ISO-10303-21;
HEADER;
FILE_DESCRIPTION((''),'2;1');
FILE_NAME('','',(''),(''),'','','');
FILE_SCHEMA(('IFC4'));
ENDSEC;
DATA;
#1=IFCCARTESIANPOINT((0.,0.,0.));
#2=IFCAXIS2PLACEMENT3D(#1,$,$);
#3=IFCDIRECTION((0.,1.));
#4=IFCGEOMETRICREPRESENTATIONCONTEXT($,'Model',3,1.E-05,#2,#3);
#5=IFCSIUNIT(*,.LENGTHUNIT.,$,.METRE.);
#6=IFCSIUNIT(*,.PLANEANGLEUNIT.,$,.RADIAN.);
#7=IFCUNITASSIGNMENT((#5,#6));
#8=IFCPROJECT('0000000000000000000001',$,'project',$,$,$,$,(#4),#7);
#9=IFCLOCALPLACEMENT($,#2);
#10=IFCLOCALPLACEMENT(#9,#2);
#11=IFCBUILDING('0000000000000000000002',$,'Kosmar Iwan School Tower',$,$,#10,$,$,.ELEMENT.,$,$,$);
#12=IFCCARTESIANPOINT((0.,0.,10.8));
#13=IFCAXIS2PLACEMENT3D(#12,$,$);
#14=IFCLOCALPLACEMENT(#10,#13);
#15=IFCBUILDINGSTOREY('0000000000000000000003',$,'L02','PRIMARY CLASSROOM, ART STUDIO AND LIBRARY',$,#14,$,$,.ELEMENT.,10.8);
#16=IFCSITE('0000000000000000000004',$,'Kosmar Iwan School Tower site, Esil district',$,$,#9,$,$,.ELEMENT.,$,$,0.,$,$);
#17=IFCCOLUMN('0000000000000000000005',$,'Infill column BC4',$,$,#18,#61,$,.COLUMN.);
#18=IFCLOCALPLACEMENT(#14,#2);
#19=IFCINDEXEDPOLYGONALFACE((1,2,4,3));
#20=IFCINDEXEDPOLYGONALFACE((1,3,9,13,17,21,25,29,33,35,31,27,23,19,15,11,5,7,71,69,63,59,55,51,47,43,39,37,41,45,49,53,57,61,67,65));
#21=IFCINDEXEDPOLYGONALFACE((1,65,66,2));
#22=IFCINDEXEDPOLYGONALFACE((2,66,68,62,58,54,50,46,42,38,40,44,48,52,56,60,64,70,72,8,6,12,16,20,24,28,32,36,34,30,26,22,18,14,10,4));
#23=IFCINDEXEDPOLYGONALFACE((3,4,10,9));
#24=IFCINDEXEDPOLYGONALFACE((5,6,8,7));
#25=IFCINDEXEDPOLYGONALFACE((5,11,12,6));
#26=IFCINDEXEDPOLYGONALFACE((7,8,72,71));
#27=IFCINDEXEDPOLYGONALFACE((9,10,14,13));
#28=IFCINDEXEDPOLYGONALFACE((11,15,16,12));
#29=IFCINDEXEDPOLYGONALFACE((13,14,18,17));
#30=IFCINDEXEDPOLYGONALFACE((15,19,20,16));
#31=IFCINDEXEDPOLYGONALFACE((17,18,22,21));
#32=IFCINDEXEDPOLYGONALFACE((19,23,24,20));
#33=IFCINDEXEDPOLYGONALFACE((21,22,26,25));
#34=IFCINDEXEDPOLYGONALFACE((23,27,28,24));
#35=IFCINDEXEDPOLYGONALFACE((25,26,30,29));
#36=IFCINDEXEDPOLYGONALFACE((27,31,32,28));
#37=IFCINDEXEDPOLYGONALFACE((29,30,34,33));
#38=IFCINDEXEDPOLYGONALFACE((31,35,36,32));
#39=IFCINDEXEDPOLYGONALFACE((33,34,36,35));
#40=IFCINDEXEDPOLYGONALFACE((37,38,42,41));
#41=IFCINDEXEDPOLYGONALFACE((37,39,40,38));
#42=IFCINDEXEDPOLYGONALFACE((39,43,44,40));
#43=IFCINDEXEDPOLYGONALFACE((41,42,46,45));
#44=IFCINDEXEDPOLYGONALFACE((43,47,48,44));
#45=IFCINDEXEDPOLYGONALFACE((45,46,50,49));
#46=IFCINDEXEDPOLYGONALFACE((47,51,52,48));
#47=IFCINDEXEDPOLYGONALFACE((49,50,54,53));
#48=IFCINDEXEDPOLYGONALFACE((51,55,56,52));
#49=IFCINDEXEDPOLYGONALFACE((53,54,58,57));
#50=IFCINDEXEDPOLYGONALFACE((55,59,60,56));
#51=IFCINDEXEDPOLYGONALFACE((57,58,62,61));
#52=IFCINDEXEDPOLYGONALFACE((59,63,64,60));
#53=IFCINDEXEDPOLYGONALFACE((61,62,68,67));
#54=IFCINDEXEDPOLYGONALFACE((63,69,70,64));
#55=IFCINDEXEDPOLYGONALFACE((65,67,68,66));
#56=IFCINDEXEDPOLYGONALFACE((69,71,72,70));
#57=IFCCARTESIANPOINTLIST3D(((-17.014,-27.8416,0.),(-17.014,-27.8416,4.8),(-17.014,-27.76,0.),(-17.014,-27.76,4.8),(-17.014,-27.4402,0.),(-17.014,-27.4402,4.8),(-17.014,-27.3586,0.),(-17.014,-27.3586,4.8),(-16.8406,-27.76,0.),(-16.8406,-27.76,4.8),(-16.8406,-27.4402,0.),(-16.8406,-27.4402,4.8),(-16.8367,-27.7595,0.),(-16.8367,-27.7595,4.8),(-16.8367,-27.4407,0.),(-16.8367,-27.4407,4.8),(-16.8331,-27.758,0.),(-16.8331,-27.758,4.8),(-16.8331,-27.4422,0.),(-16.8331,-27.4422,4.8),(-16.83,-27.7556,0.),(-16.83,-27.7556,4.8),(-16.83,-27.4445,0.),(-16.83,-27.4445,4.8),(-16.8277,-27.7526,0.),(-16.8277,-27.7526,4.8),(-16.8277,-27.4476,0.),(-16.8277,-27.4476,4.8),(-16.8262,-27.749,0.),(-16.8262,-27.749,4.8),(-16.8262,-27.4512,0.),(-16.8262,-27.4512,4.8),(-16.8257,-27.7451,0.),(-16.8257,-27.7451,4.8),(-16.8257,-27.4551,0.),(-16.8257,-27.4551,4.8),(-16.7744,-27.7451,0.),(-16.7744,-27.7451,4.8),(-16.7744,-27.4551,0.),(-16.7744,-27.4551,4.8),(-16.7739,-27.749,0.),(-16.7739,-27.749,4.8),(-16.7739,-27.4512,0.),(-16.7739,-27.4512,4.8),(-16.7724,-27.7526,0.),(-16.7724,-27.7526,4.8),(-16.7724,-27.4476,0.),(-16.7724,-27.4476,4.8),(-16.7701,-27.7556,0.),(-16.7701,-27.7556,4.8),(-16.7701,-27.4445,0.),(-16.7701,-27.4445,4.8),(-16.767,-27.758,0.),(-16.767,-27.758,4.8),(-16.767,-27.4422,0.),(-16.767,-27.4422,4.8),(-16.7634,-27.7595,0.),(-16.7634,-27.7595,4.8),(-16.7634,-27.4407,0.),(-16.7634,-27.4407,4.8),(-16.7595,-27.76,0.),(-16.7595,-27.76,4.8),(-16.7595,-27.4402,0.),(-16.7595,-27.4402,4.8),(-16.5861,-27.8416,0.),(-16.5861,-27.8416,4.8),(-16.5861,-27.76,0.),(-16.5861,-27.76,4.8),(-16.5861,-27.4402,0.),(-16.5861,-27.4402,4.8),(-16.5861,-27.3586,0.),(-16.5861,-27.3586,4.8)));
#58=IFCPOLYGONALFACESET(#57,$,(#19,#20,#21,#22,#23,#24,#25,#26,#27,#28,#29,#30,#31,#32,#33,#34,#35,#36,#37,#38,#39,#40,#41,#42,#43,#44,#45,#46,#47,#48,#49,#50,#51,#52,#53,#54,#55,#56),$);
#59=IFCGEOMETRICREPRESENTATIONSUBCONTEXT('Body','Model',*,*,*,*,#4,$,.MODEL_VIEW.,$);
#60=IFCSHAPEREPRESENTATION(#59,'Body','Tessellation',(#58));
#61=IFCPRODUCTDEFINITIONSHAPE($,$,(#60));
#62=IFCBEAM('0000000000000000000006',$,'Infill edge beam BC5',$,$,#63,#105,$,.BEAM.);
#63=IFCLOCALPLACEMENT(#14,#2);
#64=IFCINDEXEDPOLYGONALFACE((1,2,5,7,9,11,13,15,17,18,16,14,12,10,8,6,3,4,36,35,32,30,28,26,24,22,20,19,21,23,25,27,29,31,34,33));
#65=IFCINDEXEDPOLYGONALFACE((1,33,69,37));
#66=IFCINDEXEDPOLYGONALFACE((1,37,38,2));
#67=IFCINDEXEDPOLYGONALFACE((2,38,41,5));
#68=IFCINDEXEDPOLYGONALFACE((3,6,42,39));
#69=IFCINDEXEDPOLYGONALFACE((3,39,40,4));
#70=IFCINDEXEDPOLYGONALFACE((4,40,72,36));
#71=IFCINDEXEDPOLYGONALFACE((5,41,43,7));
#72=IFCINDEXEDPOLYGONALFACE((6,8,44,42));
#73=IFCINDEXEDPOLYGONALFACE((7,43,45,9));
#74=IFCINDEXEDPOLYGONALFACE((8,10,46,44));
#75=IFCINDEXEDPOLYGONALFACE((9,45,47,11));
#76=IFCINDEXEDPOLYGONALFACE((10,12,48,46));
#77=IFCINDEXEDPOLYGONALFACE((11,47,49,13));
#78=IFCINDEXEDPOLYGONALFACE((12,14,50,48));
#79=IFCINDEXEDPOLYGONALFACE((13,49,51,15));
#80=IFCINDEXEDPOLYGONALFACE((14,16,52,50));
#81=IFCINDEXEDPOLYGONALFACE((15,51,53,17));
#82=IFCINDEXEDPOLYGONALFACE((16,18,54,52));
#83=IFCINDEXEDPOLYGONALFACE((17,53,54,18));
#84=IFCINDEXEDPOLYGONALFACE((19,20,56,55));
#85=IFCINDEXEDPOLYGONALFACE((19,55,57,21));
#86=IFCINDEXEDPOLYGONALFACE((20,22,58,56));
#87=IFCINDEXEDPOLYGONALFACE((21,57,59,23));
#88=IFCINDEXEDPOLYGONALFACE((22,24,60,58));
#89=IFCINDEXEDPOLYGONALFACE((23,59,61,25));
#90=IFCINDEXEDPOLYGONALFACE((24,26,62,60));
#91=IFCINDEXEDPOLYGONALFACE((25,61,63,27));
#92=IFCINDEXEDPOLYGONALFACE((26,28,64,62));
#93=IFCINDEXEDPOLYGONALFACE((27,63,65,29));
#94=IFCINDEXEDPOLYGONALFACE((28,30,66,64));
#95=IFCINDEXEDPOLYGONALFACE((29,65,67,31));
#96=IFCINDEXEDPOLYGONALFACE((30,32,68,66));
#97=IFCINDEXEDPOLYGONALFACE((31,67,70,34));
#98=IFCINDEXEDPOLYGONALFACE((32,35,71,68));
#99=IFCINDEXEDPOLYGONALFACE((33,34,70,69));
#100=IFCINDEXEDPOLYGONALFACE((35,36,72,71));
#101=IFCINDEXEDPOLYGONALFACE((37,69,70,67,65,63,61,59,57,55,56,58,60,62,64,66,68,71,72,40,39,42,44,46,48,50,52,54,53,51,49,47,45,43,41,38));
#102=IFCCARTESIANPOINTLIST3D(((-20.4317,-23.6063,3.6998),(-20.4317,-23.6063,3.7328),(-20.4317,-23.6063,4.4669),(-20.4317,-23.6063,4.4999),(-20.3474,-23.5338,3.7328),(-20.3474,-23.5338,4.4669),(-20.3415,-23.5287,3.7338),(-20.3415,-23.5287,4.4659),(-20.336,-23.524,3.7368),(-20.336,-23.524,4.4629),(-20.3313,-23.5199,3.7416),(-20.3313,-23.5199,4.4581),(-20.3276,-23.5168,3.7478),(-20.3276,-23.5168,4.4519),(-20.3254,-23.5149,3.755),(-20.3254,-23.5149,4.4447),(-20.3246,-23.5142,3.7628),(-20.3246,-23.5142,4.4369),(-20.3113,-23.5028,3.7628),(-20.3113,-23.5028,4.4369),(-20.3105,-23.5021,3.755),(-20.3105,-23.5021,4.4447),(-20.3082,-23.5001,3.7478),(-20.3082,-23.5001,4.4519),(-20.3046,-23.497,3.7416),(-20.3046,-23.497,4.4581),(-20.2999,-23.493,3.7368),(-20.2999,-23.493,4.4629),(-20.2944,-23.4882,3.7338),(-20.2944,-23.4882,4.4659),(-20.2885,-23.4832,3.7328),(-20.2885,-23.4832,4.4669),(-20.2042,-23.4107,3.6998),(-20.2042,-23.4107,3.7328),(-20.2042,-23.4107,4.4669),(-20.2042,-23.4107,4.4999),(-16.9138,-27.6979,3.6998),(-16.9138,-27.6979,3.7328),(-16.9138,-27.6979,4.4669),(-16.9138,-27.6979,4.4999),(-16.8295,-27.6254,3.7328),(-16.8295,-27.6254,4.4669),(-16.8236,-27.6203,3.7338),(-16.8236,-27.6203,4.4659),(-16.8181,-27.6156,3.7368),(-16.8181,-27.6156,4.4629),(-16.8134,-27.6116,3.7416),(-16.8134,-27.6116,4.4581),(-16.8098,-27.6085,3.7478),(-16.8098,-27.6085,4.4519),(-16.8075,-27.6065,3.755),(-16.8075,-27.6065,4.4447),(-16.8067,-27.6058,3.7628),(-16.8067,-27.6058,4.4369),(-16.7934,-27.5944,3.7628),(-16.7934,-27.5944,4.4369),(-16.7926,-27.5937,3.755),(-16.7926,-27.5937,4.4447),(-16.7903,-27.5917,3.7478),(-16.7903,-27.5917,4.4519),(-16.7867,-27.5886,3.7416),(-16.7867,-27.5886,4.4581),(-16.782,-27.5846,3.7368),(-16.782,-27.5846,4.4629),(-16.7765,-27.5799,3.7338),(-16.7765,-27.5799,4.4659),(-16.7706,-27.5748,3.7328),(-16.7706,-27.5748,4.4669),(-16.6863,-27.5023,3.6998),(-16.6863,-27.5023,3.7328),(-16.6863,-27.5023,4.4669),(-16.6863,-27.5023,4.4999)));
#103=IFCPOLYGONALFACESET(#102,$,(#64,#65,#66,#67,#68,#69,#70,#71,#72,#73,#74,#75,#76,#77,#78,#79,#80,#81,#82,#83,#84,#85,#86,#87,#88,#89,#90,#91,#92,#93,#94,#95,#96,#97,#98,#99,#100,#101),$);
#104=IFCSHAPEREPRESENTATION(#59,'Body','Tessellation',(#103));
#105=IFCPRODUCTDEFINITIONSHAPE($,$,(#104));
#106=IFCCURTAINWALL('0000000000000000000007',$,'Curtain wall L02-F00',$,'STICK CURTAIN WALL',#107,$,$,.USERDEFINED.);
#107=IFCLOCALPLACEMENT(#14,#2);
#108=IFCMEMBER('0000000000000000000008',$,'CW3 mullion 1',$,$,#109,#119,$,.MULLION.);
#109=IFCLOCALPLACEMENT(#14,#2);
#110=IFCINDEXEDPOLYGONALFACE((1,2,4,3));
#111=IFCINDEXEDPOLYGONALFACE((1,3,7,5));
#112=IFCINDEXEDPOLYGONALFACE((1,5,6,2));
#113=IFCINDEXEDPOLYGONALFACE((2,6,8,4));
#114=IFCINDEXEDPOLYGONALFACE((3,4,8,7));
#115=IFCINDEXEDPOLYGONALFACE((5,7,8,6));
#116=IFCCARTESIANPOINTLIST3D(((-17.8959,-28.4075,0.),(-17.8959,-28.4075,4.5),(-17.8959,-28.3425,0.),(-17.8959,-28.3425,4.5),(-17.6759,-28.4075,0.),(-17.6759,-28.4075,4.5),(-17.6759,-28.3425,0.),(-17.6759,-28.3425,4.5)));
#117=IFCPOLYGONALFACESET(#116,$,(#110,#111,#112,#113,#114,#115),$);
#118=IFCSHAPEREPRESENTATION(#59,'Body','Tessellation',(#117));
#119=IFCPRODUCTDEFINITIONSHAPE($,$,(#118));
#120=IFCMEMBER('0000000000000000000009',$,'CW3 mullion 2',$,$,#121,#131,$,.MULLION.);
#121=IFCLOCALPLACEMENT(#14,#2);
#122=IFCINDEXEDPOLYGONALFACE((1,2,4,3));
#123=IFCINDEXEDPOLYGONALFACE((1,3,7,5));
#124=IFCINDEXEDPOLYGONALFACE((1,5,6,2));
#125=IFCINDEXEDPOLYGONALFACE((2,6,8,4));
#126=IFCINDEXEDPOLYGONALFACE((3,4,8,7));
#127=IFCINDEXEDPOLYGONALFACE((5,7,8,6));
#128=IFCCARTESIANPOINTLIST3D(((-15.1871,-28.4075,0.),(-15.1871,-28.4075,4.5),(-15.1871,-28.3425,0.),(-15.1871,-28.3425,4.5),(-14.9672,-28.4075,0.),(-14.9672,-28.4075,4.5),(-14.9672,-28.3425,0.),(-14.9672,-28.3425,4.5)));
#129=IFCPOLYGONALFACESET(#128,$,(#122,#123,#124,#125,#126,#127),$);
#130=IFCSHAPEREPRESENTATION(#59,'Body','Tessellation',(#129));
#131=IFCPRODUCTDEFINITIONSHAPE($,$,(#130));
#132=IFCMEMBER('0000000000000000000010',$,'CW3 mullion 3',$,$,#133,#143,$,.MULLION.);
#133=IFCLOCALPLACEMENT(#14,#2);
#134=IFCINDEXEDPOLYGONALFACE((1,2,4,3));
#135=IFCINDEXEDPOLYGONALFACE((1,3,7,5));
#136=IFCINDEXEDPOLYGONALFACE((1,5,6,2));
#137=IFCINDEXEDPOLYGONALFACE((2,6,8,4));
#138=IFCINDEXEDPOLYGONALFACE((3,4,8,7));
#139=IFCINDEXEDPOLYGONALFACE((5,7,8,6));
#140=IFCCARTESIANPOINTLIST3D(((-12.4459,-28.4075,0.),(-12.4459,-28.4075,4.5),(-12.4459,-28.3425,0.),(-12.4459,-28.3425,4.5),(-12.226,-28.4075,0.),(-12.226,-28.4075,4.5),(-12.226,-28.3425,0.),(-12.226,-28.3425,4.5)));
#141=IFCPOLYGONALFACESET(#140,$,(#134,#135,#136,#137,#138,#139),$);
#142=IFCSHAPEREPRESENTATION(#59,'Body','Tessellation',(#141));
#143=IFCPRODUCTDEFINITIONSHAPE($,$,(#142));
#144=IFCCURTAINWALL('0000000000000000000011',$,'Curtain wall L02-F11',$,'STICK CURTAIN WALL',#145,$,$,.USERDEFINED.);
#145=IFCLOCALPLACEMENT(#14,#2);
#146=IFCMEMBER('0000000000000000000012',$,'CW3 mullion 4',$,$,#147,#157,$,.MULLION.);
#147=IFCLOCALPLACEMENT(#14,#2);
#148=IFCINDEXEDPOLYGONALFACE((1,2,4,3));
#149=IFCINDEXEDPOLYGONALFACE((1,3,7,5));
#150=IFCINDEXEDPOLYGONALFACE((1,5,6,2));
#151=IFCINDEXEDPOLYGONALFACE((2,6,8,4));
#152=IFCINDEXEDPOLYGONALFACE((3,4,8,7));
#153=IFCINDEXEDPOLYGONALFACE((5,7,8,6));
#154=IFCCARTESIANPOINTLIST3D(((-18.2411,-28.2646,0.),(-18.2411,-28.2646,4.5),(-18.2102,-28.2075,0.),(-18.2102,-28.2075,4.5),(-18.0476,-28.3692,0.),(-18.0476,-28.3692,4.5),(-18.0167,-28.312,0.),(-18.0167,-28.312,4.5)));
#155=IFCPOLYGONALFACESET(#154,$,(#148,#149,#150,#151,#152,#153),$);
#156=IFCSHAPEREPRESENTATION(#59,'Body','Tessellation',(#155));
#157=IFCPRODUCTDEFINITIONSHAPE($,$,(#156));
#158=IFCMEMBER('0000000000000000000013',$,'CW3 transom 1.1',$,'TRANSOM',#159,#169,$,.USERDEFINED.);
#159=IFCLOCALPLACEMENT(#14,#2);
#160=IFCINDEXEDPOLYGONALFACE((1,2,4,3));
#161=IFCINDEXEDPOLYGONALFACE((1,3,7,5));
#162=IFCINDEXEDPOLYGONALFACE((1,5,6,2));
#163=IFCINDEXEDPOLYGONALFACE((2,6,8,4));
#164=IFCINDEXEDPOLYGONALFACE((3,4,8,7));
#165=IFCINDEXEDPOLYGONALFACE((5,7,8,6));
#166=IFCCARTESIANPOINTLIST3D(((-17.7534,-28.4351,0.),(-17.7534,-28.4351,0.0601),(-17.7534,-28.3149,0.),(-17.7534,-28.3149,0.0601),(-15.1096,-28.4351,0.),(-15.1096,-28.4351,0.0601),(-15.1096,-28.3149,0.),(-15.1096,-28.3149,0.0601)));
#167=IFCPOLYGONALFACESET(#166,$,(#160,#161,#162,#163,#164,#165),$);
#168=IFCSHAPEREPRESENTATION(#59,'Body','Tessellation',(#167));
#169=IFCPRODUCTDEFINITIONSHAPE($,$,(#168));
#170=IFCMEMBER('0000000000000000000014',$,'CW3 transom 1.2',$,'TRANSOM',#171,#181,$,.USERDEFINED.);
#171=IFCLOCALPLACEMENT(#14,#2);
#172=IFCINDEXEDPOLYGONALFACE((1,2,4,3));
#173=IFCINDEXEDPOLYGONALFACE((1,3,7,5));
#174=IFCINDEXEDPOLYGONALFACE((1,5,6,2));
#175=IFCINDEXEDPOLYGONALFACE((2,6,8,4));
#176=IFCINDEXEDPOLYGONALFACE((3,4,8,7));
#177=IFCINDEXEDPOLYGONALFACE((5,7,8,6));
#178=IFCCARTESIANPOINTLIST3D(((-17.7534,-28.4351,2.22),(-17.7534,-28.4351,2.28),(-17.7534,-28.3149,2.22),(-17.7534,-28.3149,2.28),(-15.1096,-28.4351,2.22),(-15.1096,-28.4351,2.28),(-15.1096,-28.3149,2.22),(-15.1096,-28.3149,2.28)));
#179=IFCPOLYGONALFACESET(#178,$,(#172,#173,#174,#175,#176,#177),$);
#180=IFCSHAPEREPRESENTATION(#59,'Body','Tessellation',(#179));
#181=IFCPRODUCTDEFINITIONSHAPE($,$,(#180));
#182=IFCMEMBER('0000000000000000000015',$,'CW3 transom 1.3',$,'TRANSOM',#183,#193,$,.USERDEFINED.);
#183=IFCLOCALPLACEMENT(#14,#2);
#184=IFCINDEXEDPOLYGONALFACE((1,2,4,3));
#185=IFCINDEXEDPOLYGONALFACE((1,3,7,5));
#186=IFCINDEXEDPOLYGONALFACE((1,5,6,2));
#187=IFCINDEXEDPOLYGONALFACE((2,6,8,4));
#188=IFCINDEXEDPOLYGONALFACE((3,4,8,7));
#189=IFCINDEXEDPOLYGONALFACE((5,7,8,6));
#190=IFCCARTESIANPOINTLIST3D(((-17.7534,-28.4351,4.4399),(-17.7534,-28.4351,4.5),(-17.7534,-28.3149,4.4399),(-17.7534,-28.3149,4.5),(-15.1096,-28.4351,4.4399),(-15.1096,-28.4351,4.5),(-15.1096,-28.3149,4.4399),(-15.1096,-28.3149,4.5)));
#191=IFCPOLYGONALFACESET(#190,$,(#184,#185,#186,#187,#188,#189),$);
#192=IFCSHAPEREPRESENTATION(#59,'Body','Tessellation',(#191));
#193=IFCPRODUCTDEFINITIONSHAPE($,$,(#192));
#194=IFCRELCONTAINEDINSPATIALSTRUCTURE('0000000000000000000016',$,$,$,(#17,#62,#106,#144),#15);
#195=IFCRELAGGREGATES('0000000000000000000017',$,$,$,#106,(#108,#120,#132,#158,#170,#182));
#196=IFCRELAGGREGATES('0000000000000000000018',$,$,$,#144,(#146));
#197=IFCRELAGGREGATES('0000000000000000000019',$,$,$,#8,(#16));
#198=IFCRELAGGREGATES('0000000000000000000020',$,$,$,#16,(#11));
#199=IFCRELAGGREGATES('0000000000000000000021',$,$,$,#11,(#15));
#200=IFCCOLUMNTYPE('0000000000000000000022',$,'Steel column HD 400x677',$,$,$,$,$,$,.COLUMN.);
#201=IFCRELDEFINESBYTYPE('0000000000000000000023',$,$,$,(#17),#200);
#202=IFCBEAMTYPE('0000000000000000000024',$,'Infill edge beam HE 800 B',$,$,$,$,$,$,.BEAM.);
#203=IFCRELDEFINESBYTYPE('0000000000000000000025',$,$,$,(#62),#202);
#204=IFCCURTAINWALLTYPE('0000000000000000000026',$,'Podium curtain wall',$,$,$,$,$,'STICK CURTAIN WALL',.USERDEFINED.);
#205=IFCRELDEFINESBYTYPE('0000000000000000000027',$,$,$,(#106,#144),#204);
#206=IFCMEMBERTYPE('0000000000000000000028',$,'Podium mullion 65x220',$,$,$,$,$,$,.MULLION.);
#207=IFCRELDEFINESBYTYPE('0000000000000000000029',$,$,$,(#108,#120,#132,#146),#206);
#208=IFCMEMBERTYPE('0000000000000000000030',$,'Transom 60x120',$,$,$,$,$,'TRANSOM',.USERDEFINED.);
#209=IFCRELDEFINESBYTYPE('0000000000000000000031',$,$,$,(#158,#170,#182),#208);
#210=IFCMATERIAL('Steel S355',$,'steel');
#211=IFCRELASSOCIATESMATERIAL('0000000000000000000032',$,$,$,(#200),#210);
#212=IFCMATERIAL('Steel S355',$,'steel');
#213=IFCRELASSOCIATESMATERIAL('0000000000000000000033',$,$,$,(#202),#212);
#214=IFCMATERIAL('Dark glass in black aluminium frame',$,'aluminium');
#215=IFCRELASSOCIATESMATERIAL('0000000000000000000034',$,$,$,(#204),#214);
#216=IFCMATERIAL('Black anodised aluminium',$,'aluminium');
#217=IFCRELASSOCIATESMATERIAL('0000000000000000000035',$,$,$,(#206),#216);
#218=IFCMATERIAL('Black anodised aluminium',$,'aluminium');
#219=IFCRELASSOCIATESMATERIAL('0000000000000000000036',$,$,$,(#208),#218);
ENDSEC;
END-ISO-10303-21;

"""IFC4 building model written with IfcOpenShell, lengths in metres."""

from ifc_helpers import new_model, si_unit, direction, frame, origin, origin_2d, place, context, subcontext, project, spatial, rectangle, i_section, extrude, material, material_profile, profile_set, type_object, element, aggregate, save


model = new_model("IFC4")

# Units and contexts
model_context = context("Model", 3, precision=1e-05, world=origin(), true_north=direction((0.0, 1.0)))
body_context = subcontext(model_context, "Body", "Model", "MODEL_VIEW")
ifc_project = project(units=[si_unit("LENGTHUNIT", "METRE"), si_unit("PLANEANGLEUNIT", "RADIAN")], contexts=[model_context])

# Site, building, storey
site_placement = place(None, origin())
site = spatial("IfcSite", under=ifc_project, at=site_placement, Name="Kosmar Iwan School Tower site, Esil district", CompositionType="ELEMENT", RefElevation=0.0)
building_placement = place(site_placement, origin())
building = spatial("IfcBuilding", under=site, at=building_placement, Name="Kosmar Iwan School Tower", CompositionType="ELEMENT")
storey_placement = place(building_placement, frame((0.0, 0.0, 10.8)))
storey = spatial("IfcBuildingStorey", under=building, at=storey_placement, Name="L02", Description="PRIMARY CLASSROOM, ART STUDIO AND LIBRARY", CompositionType="ELEMENT", Elevation=10.8)

# Column
ifc_material_1 = material(Name="Steel S355", Category="steel")
ifc_material_profile_1 = material_profile(ifc_material_1, i_section(OverallWidth=0.428, OverallDepth=0.4829, WebThickness=0.0513, FlangeThickness=0.0815, FilletRadius=0.0149, at=origin_2d()), Name="HD 400x677")
ifc_profile_set_1 = profile_set([ifc_material_profile_1], Name="Steel S355")
column_type = type_object("IfcColumnType", Name="Steel column HD 400x677", PredefinedType="COLUMN", material=ifc_profile_set_1)
column_placement = place(storey_placement, frame((-16.8, -27.6001, 0.0), z_axis=(0.0, 0.0, 1.0), x_axis=(1.0, 0.0, 0.0)))
element("IfcColumn", 1, at=column_placement, inside=storey, type_object=column_type, Name="Infill column BC4", PredefinedType="COLUMN", context=body_context, shape_type="SweptSolid", body=[
    extrude(i_section(OverallWidth=0.428, OverallDepth=0.4829, WebThickness=0.0513, FlangeThickness=0.0815, FilletRadius=0.0149, at=origin_2d()), origin(), (0.0, 0.0, 1.0), 4.8),
])

# Beam
ifc_material_2 = material(Name="Steel S355", Category="steel")
ifc_material_profile_2 = material_profile(ifc_material_2, i_section(OverallWidth=0.3, OverallDepth=0.8, WebThickness=0.0176, FlangeThickness=0.033, FilletRadius=0.03, at=origin_2d()), Name="HE 800 B")
ifc_profile_set_2 = profile_set([ifc_material_profile_2], Name="Steel S355")
beam_type = type_object("IfcBeamType", Name="Infill edge beam HE 800 B", PredefinedType="BEAM", material=ifc_profile_set_2)
beam_placement = place(storey_placement, frame((-16.8, -27.6001, 4.0999), z_axis=(-0.651942, 0.758269, 0.0), x_axis=(-0.758269, -0.651942, 0.0)))
element("IfcBeam", 2, at=beam_placement, inside=storey, type_object=beam_type, Name="Infill edge beam BC5", PredefinedType="BEAM", context=body_context, shape_type="SweptSolid", body=[
    extrude(i_section(OverallWidth=0.3, OverallDepth=0.8, WebThickness=0.0176, FlangeThickness=0.033, FilletRadius=0.03, at=origin_2d()), origin(), (0.0, 0.0, 1.0), 5.396),
])

# Curtain wall, members
ifc_material_3 = material(Name="Dark glass in black aluminium frame", Category="aluminium")
curtain_wall_type = type_object("IfcCurtainWallType", Name="Podium curtain wall", ElementType="STICK CURTAIN WALL", PredefinedType="USERDEFINED", material=ifc_material_3)
curtain_wall_1_placement = place(storey_placement, origin())
curtain_wall_1 = element("IfcCurtainWall", 3, at=curtain_wall_1_placement, inside=storey, type_object=curtain_wall_type, Name="Curtain wall L02-F00", ObjectType="STICK CURTAIN WALL", PredefinedType="USERDEFINED")
ifc_material_4 = material(Name="Black anodised aluminium", Category="aluminium")
ifc_material_profile_3 = material_profile(ifc_material_4, rectangle(XDim=0.0649, YDim=0.22, at=origin_2d()), Name="MULLION 65x220")
ifc_profile_set_3 = profile_set([ifc_material_profile_3], Name="Black anodised aluminium")
member_type_1 = type_object("IfcMemberType", Name="Podium mullion 65x220", PredefinedType="MULLION", material=ifc_profile_set_3)
member_1_placement = place(storey_placement, frame((-17.7859, -28.375, 0.0), z_axis=(0.0, 0.0, 1.0), x_axis=(0.0, 1.0, 0.0)))
member_1 = element("IfcMember", 4, at=member_1_placement, type_object=member_type_1, Name="CW3 mullion 1", PredefinedType="MULLION", context=body_context, shape_type="SweptSolid", body=[
    extrude(rectangle(XDim=0.0649, YDim=0.22, at=origin_2d()), origin(), (0.0, 0.0, 1.0), 4.5),
])
member_2_placement = place(storey_placement, frame((-15.0771, -28.375, 0.0), z_axis=(0.0, 0.0, 1.0), x_axis=(0.0, 1.0, 0.0)))
member_2 = element("IfcMember", 5, at=member_2_placement, type_object=member_type_1, Name="CW3 mullion 2", PredefinedType="MULLION", context=body_context, shape_type="SweptSolid", body=[
    extrude(rectangle(XDim=0.0649, YDim=0.22, at=origin_2d()), origin(), (0.0, 0.0, 1.0), 4.5),
])
member_3_placement = place(storey_placement, frame((-12.3359, -28.375, 0.0), z_axis=(0.0, 0.0, 1.0), x_axis=(0.0, 1.0, 0.0)))
member_3 = element("IfcMember", 6, at=member_3_placement, type_object=member_type_1, Name="CW3 mullion 3", PredefinedType="MULLION", context=body_context, shape_type="SweptSolid", body=[
    extrude(rectangle(XDim=0.0649, YDim=0.22, at=origin_2d()), origin(), (0.0, 0.0, 1.0), 4.5),
])

# Curtain wall, member
curtain_wall_2_placement = place(storey_placement, origin())
curtain_wall_2 = element("IfcCurtainWall", 7, at=curtain_wall_2_placement, inside=storey, type_object=curtain_wall_type, Name="Curtain wall L02-F11", ObjectType="STICK CURTAIN WALL", PredefinedType="USERDEFINED")
member_4_placement = place(storey_placement, frame((-18.1289, -28.2883, 0.0), z_axis=(0.0, 0.0, 1.0), x_axis=(0.475215, 0.879869, 0.0)))
member_4 = element("IfcMember", 8, at=member_4_placement, type_object=member_type_1, Name="CW3 mullion 4", PredefinedType="MULLION", context=body_context, shape_type="SweptSolid", body=[
    extrude(rectangle(XDim=0.0649, YDim=0.22, at=origin_2d()), origin(), (0.0, 0.0, 1.0), 4.5),
])

# Members
ifc_material_5 = material(Name="Black anodised aluminium", Category="aluminium")
ifc_material_profile_4 = material_profile(ifc_material_5, rectangle(XDim=0.1201, YDim=0.0601, at=origin_2d()), Name="TRANSOM 60x120")
ifc_profile_set_4 = profile_set([ifc_material_profile_4], Name="Black anodised aluminium")
member_type_2 = type_object("IfcMemberType", Name="Transom 60x120", ElementType="TRANSOM", PredefinedType="USERDEFINED", material=ifc_profile_set_4)
member_5_placement = place(storey_placement, frame((-17.7534, -28.375, 0.03), z_axis=(1.0, 0.0, 0.0), x_axis=(0.0, 1.0, 0.0)))
member_5 = element("IfcMember", 9, at=member_5_placement, type_object=member_type_2, Name="CW3 transom 1.1", ObjectType="TRANSOM", PredefinedType="USERDEFINED", context=body_context, shape_type="SweptSolid", body=[
    extrude(rectangle(XDim=0.1201, YDim=0.0601, at=origin_2d()), origin(), (0.0, 0.0, 1.0), 2.6438),
])
member_6_placement = place(storey_placement, frame((-17.7534, -28.375, 2.25), z_axis=(1.0, 0.0, 0.0), x_axis=(0.0, 1.0, 0.0)))
member_6 = element("IfcMember", 10, at=member_6_placement, type_object=member_type_2, Name="CW3 transom 1.2", ObjectType="TRANSOM", PredefinedType="USERDEFINED", context=body_context, shape_type="SweptSolid", body=[
    extrude(rectangle(XDim=0.1201, YDim=0.0601, at=origin_2d()), origin(), (0.0, 0.0, 1.0), 2.6438),
])
member_7_placement = place(storey_placement, frame((-17.7534, -28.375, 4.47), z_axis=(1.0, 0.0, 0.0), x_axis=(0.0, 1.0, 0.0)))
member_7 = element("IfcMember", 11, at=member_7_placement, type_object=member_type_2, Name="CW3 transom 1.3", ObjectType="TRANSOM", PredefinedType="USERDEFINED", context=body_context, shape_type="SweptSolid", body=[
    extrude(rectangle(XDim=0.1201, YDim=0.0601, at=origin_2d()), origin(), (0.0, 0.0, 1.0), 2.6438),
])

aggregate(curtain_wall_1, [member_1, member_2, member_3, member_5, member_6, member_7])
aggregate(curtain_wall_2, [member_4])

save(model, "model.ifc")
